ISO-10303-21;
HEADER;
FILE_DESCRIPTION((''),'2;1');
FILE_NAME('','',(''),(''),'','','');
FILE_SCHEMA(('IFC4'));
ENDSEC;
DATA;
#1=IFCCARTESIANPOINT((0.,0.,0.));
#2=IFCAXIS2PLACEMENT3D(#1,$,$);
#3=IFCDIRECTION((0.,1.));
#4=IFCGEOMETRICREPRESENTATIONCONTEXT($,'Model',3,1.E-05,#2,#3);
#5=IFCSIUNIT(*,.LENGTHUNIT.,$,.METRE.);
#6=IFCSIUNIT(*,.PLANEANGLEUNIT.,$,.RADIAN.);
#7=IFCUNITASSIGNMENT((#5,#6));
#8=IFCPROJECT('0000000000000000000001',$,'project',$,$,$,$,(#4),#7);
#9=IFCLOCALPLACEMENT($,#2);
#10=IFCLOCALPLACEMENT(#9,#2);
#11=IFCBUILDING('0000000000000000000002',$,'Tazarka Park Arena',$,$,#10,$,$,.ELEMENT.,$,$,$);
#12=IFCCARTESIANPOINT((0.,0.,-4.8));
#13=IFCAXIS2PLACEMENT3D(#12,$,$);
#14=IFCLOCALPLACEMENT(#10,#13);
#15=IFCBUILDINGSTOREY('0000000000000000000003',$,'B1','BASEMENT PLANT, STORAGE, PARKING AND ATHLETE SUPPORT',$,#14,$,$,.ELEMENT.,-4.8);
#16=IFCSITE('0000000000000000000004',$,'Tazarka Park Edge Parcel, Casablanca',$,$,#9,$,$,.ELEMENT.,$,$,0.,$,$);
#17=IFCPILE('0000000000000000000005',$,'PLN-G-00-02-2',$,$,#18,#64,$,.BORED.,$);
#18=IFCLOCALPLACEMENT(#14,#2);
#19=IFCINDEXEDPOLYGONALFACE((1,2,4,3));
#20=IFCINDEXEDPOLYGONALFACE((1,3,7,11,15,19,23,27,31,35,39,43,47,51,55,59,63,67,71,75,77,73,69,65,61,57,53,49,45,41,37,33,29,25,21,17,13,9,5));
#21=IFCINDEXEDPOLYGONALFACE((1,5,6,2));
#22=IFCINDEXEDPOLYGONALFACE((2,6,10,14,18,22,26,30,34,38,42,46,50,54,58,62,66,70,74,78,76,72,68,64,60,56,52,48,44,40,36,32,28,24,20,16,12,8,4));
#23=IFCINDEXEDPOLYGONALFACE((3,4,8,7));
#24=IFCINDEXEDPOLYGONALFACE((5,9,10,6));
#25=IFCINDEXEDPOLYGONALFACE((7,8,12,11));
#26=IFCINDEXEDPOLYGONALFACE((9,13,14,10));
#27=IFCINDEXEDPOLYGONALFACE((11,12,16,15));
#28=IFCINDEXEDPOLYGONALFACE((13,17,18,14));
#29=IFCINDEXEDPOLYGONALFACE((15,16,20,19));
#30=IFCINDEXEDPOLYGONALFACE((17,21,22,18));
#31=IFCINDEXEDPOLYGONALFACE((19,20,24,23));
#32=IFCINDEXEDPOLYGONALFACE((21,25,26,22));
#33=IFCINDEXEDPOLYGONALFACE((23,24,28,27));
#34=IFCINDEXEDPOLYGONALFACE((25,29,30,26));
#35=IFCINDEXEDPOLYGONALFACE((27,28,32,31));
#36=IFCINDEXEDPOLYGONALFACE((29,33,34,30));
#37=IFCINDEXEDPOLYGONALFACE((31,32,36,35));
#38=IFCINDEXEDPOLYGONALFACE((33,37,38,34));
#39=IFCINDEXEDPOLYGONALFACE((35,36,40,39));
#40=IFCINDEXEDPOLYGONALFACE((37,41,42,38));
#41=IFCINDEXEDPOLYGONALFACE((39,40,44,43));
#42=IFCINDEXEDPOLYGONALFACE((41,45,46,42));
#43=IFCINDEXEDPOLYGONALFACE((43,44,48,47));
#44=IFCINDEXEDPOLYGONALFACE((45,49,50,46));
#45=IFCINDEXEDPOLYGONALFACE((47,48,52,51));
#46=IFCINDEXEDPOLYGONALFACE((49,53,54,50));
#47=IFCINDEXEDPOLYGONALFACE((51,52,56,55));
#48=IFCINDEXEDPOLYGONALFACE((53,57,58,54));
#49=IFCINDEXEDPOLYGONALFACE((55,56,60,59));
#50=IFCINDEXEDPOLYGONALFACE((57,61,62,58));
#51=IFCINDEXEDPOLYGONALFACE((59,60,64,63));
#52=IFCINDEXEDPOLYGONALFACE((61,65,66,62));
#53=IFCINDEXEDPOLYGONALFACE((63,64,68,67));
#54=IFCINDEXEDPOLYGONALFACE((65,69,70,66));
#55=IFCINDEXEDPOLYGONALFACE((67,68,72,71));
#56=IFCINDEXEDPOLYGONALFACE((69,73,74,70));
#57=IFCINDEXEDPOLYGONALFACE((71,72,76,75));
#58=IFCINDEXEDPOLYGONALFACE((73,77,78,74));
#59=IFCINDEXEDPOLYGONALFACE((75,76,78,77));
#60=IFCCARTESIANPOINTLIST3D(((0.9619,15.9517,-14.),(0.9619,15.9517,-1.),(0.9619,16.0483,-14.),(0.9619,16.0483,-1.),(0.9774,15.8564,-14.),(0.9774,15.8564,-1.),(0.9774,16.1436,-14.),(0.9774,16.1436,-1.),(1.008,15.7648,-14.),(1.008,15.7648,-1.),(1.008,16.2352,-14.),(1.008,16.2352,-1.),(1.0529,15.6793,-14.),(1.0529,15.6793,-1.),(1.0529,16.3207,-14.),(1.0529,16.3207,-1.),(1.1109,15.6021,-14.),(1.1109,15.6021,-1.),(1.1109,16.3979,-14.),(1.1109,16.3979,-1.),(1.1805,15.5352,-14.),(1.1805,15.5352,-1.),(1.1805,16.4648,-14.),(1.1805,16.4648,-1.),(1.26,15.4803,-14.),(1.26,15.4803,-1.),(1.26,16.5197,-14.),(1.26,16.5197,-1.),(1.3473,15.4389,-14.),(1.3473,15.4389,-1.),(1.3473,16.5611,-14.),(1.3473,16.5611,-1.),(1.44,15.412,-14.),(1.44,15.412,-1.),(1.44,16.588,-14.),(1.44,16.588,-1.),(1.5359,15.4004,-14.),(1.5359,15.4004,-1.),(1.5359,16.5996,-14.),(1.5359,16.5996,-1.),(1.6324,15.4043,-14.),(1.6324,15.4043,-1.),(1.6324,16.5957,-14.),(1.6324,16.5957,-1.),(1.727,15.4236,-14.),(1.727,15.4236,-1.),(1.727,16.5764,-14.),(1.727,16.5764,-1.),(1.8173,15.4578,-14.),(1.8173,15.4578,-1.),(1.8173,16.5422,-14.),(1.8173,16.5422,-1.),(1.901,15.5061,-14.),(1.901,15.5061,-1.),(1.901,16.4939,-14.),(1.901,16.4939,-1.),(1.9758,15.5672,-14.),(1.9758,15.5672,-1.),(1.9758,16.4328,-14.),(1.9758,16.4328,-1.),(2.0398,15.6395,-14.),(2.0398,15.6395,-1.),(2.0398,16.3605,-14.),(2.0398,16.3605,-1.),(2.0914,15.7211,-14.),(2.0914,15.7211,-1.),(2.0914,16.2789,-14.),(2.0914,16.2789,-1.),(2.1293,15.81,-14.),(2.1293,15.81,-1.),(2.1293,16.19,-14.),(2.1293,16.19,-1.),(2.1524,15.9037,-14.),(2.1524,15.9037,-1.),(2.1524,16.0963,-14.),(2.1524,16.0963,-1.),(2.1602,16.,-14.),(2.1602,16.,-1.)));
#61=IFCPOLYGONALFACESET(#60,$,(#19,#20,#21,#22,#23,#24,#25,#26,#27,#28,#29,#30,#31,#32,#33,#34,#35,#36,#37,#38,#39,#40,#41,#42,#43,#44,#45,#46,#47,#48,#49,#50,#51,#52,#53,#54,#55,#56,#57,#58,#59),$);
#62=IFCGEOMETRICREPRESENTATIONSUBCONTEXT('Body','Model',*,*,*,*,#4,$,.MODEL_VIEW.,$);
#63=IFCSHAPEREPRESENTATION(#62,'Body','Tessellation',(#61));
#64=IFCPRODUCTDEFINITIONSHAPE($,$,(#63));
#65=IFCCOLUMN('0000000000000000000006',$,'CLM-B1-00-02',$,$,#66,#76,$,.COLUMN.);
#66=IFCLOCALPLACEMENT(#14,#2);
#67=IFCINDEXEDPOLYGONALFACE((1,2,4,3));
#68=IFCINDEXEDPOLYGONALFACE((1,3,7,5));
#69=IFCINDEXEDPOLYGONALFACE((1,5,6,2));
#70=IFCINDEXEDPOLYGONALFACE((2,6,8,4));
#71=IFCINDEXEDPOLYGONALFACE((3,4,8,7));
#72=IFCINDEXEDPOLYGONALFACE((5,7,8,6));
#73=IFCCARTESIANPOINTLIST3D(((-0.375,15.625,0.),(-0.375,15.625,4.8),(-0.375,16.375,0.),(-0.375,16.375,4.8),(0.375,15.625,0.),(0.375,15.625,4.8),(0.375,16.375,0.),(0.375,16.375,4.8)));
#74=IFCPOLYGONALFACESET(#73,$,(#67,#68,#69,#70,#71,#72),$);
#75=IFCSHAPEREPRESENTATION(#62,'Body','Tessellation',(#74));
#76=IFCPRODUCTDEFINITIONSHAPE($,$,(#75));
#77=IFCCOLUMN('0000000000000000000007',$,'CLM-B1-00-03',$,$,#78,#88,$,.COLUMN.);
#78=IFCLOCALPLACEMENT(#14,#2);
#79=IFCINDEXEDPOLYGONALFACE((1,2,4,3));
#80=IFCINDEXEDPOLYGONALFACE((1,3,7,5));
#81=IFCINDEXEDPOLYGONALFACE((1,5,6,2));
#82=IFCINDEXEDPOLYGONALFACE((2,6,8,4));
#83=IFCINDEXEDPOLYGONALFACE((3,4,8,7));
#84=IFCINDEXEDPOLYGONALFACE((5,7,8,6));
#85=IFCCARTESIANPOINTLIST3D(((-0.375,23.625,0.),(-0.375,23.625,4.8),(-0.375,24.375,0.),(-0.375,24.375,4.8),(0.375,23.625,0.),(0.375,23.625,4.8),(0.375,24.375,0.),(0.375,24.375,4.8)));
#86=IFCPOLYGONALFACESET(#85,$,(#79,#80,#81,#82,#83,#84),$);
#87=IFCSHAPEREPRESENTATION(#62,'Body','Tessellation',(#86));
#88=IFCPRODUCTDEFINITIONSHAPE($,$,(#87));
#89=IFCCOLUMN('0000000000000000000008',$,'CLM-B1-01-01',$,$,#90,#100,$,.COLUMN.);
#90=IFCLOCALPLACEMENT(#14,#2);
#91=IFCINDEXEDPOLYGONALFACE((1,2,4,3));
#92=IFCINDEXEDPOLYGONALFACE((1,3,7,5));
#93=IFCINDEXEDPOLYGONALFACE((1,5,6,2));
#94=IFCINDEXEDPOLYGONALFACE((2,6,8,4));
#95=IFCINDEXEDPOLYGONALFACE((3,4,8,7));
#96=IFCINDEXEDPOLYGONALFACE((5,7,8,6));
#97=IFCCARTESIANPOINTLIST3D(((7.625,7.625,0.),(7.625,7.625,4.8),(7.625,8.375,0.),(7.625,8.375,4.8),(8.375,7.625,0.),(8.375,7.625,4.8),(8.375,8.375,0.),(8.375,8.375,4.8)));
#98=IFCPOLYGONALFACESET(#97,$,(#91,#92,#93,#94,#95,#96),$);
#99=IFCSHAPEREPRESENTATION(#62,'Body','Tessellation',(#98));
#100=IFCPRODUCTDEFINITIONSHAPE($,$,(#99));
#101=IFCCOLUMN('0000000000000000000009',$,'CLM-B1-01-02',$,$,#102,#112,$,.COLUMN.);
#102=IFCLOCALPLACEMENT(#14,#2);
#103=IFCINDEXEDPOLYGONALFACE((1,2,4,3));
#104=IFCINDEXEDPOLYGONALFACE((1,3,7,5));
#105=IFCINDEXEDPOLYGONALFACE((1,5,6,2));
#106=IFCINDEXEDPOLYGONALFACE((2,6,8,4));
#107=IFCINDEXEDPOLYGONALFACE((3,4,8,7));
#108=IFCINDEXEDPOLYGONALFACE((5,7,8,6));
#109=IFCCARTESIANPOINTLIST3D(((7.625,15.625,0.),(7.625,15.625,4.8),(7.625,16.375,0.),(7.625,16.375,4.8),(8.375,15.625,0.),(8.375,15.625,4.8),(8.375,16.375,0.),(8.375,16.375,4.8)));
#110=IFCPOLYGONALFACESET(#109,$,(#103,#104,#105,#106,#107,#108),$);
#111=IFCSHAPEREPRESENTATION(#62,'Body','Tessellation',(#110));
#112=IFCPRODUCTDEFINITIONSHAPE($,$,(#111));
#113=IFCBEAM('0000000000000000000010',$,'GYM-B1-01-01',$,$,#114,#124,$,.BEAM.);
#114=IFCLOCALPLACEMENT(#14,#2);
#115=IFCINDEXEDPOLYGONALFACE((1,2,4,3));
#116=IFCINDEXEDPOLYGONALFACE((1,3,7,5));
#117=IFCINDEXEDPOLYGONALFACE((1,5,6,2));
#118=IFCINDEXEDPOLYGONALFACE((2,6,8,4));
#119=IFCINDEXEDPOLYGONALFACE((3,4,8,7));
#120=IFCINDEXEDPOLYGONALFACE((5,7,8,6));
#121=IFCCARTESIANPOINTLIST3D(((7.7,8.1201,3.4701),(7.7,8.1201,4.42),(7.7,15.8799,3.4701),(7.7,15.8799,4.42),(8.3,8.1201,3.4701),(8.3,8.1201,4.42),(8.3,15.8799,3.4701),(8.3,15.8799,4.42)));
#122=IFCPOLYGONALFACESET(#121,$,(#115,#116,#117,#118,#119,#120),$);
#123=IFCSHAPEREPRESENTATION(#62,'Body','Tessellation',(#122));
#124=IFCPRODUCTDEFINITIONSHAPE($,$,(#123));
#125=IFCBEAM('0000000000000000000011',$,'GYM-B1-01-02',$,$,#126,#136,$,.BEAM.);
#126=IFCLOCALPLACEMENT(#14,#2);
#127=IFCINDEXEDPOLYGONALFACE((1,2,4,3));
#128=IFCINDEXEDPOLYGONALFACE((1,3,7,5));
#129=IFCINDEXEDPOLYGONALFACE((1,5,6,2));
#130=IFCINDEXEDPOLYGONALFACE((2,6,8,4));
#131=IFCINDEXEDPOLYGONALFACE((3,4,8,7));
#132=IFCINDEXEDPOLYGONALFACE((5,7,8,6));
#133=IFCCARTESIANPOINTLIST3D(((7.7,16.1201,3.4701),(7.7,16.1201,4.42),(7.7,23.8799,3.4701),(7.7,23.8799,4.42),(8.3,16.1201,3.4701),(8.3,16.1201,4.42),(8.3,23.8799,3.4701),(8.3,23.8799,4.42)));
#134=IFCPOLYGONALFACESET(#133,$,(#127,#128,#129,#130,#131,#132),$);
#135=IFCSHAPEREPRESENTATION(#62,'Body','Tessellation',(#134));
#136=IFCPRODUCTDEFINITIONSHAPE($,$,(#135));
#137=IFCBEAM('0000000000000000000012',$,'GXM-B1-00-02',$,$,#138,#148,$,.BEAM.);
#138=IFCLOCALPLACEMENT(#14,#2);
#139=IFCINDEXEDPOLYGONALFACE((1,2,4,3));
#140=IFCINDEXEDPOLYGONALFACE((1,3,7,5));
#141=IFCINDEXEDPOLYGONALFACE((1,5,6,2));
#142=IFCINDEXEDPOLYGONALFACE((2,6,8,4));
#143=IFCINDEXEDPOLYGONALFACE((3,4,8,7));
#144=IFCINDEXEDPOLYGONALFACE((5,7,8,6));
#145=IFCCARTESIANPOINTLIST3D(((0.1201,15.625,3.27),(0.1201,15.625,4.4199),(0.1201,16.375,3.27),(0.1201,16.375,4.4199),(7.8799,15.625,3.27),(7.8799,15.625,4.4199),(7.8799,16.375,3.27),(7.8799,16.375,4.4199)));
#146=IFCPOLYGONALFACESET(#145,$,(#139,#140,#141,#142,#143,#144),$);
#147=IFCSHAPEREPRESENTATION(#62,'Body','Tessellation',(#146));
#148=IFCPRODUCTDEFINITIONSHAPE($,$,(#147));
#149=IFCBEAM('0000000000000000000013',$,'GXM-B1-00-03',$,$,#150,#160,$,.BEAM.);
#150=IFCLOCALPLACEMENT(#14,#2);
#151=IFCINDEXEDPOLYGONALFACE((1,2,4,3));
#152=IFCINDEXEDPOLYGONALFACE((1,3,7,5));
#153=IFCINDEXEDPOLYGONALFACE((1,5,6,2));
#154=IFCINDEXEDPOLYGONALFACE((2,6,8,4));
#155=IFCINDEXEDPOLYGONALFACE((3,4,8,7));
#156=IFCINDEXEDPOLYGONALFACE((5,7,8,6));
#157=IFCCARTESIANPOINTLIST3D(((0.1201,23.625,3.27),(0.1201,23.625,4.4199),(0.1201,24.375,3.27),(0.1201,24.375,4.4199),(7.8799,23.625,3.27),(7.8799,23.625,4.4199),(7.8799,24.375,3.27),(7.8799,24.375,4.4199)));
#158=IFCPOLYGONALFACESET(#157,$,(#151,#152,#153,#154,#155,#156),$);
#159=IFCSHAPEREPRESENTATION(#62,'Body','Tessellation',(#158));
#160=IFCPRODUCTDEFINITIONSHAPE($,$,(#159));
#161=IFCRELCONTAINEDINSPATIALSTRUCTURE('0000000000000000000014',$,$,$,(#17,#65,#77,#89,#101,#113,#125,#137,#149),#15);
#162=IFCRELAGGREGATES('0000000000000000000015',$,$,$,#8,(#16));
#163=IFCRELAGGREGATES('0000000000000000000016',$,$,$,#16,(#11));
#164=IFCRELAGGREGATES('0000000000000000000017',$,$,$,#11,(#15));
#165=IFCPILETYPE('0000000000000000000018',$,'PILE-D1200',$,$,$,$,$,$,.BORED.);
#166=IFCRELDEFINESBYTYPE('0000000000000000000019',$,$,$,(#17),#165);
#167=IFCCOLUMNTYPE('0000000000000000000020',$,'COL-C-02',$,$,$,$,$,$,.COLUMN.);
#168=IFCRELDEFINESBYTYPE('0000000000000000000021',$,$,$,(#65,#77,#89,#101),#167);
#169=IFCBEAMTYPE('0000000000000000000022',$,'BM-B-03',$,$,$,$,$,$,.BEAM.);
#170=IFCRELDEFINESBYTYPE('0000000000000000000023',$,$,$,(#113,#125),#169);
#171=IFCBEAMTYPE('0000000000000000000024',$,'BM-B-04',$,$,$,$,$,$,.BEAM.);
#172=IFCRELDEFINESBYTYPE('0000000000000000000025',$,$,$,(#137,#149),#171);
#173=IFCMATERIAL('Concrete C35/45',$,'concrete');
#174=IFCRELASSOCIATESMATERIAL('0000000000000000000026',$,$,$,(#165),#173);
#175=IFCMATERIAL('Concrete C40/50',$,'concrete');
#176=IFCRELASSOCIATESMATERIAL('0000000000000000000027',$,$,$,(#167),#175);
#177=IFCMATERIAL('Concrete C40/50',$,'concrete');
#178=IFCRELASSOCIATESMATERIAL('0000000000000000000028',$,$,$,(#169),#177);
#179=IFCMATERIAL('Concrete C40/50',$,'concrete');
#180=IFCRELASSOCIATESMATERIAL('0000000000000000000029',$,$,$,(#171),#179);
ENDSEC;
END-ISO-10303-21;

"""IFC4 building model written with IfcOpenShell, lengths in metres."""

from ifc_helpers import new_model, si_unit, direction, frame, origin, origin_2d, place, context, subcontext, project, spatial, rectangle, circle, extrude, material, material_profile, profile_set, type_object, element, save


model = new_model("IFC4")

# Units and contexts
model_context = context("Model", 3, precision=1e-05, world=origin(), true_north=direction((0.0, 1.0)))
body_context = subcontext(model_context, "Body", "Model", "MODEL_VIEW")
ifc_project = project(units=[si_unit("LENGTHUNIT", "METRE"), si_unit("PLANEANGLEUNIT", "RADIAN")], contexts=[model_context])

# Site, building, storey
site_placement = place(None, origin())
site = spatial("IfcSite", under=ifc_project, at=site_placement, Name="Tazarka Park Edge Parcel, Casablanca", CompositionType="ELEMENT", RefElevation=0.0)
building_placement = place(site_placement, origin())
building = spatial("IfcBuilding", under=site, at=building_placement, Name="Tazarka Park Arena", CompositionType="ELEMENT")
storey_placement = place(building_placement, frame((0.0, 0.0, -4.8)))
storey = spatial("IfcBuildingStorey", under=building, at=storey_placement, Name="B1", Description="BASEMENT PLANT, STORAGE, PARKING AND ATHLETE SUPPORT", CompositionType="ELEMENT", Elevation=-4.8)

# Pile
ifc_material_1 = material(Name="Concrete C35/45", Category="concrete")
ifc_material_profile_1 = material_profile(ifc_material_1, circle(Radius=0.6001, at=origin_2d()), Name="Concrete C35/45")
ifc_profile_set_1 = profile_set([ifc_material_profile_1], Name="Concrete C35/45")
pile_type = type_object("IfcPileType", Name="PILE-D1200", PredefinedType="BORED", material=ifc_profile_set_1)
for number, where, z_axis, x_axis, name in (
    (1, (1.5601, 16.0, -1.0), (0.0, 0.0, -1.0), (1.0, 0.0, 0.0), "PLN-G-00-02-2"),
):
    element("IfcPile", number, at=place(storey_placement, frame(where, z_axis=z_axis, x_axis=x_axis)), inside=storey, type_object=pile_type, Name=name, PredefinedType="BORED", context=body_context, shape_type="SweptSolid", body=[
        extrude(circle(Radius=0.6001, at=origin_2d()), origin(), (0.0, 0.0, 1.0), 13.0),
    ])

# Columns
ifc_material_2 = material(Name="Concrete C40/50", Category="concrete")
ifc_material_profile_2 = material_profile(ifc_material_2, rectangle(XDim=0.75, YDim=0.75, at=origin_2d()), Name="Concrete C40/50")
ifc_profile_set_2 = profile_set([ifc_material_profile_2], Name="Concrete C40/50")
column_type = type_object("IfcColumnType", Name="COL-C-02", PredefinedType="COLUMN", material=ifc_profile_set_2)
for number, where, z_axis, x_axis, name in (
    (2, (0.0, 16.0, 0.0), (0.0, 0.0, 1.0), (1.0, 0.0, 0.0), "CLM-B1-00-02"),
    (3, (0.0, 24.0, 0.0), (0.0, 0.0, 1.0), (1.0, 0.0, 0.0), "CLM-B1-00-03"),
    (4, (8.0, 8.0, 0.0), (0.0, 0.0, 1.0), (1.0, 0.0, 0.0), "CLM-B1-01-01"),
    (5, (8.0, 16.0, 0.0), (0.0, 0.0, 1.0), (1.0, 0.0, 0.0), "CLM-B1-01-02"),
):
    element("IfcColumn", number, at=place(storey_placement, frame(where, z_axis=z_axis, x_axis=x_axis)), inside=storey, type_object=column_type, Name=name, PredefinedType="COLUMN", context=body_context, shape_type="SweptSolid", body=[
        extrude(rectangle(XDim=0.75, YDim=0.75, at=origin_2d()), origin(), (0.0, 0.0, 1.0), 4.8),
    ])

# Beams
ifc_material_3 = material(Name="Concrete C40/50", Category="concrete")
ifc_material_profile_3 = material_profile(ifc_material_3, rectangle(XDim=0.6001, YDim=0.95, at=origin_2d()), Name="Concrete C40/50")
ifc_profile_set_3 = profile_set([ifc_material_profile_3], Name="Concrete C40/50")
beam_type_1 = type_object("IfcBeamType", Name="BM-B-03", PredefinedType="BEAM", material=ifc_profile_set_3)
for number, where, z_axis, x_axis, name in (
    (6, (8.0, 8.1201, 3.9451), (0.0, 1.0, 0.0), (-1.0, 0.0, 0.0), "GYM-B1-01-01"),
    (7, (8.0, 16.1201, 3.9451), (0.0, 1.0, 0.0), (-1.0, 0.0, 0.0), "GYM-B1-01-02"),
):
    element("IfcBeam", number, at=place(storey_placement, frame(where, z_axis=z_axis, x_axis=x_axis)), inside=storey, type_object=beam_type_1, Name=name, PredefinedType="BEAM", context=body_context, shape_type="SweptSolid", body=[
        extrude(rectangle(XDim=0.6001, YDim=0.95, at=origin_2d()), origin(), (0.0, 0.0, 1.0), 7.7598),
    ])
ifc_material_4 = material(Name="Concrete C40/50", Category="concrete")
ifc_material_profile_4 = material_profile(ifc_material_4, rectangle(XDim=0.75, YDim=1.1499, at=origin_2d()), Name="Concrete C40/50")
ifc_profile_set_4 = profile_set([ifc_material_profile_4], Name="Concrete C40/50")
beam_type_2 = type_object("IfcBeamType", Name="BM-B-04", PredefinedType="BEAM", material=ifc_profile_set_4)
for number, where, z_axis, x_axis, name in (
    (8, (0.1201, 16.0, 3.845), (1.0, 0.0, 0.0), (0.0, 1.0, 0.0), "GXM-B1-00-02"),
    (9, (0.1201, 24.0, 3.845), (1.0, 0.0, 0.0), (0.0, 1.0, 0.0), "GXM-B1-00-03"),
):
    element("IfcBeam", number, at=place(storey_placement, frame(where, z_axis=z_axis, x_axis=x_axis)), inside=storey, type_object=beam_type_2, Name=name, PredefinedType="BEAM", context=body_context, shape_type="SweptSolid", body=[
        extrude(rectangle(XDim=0.75, YDim=1.1499, at=origin_2d()), origin(), (0.0, 0.0, 1.0), 7.7598),
    ])

save(model, "model.ifc")
